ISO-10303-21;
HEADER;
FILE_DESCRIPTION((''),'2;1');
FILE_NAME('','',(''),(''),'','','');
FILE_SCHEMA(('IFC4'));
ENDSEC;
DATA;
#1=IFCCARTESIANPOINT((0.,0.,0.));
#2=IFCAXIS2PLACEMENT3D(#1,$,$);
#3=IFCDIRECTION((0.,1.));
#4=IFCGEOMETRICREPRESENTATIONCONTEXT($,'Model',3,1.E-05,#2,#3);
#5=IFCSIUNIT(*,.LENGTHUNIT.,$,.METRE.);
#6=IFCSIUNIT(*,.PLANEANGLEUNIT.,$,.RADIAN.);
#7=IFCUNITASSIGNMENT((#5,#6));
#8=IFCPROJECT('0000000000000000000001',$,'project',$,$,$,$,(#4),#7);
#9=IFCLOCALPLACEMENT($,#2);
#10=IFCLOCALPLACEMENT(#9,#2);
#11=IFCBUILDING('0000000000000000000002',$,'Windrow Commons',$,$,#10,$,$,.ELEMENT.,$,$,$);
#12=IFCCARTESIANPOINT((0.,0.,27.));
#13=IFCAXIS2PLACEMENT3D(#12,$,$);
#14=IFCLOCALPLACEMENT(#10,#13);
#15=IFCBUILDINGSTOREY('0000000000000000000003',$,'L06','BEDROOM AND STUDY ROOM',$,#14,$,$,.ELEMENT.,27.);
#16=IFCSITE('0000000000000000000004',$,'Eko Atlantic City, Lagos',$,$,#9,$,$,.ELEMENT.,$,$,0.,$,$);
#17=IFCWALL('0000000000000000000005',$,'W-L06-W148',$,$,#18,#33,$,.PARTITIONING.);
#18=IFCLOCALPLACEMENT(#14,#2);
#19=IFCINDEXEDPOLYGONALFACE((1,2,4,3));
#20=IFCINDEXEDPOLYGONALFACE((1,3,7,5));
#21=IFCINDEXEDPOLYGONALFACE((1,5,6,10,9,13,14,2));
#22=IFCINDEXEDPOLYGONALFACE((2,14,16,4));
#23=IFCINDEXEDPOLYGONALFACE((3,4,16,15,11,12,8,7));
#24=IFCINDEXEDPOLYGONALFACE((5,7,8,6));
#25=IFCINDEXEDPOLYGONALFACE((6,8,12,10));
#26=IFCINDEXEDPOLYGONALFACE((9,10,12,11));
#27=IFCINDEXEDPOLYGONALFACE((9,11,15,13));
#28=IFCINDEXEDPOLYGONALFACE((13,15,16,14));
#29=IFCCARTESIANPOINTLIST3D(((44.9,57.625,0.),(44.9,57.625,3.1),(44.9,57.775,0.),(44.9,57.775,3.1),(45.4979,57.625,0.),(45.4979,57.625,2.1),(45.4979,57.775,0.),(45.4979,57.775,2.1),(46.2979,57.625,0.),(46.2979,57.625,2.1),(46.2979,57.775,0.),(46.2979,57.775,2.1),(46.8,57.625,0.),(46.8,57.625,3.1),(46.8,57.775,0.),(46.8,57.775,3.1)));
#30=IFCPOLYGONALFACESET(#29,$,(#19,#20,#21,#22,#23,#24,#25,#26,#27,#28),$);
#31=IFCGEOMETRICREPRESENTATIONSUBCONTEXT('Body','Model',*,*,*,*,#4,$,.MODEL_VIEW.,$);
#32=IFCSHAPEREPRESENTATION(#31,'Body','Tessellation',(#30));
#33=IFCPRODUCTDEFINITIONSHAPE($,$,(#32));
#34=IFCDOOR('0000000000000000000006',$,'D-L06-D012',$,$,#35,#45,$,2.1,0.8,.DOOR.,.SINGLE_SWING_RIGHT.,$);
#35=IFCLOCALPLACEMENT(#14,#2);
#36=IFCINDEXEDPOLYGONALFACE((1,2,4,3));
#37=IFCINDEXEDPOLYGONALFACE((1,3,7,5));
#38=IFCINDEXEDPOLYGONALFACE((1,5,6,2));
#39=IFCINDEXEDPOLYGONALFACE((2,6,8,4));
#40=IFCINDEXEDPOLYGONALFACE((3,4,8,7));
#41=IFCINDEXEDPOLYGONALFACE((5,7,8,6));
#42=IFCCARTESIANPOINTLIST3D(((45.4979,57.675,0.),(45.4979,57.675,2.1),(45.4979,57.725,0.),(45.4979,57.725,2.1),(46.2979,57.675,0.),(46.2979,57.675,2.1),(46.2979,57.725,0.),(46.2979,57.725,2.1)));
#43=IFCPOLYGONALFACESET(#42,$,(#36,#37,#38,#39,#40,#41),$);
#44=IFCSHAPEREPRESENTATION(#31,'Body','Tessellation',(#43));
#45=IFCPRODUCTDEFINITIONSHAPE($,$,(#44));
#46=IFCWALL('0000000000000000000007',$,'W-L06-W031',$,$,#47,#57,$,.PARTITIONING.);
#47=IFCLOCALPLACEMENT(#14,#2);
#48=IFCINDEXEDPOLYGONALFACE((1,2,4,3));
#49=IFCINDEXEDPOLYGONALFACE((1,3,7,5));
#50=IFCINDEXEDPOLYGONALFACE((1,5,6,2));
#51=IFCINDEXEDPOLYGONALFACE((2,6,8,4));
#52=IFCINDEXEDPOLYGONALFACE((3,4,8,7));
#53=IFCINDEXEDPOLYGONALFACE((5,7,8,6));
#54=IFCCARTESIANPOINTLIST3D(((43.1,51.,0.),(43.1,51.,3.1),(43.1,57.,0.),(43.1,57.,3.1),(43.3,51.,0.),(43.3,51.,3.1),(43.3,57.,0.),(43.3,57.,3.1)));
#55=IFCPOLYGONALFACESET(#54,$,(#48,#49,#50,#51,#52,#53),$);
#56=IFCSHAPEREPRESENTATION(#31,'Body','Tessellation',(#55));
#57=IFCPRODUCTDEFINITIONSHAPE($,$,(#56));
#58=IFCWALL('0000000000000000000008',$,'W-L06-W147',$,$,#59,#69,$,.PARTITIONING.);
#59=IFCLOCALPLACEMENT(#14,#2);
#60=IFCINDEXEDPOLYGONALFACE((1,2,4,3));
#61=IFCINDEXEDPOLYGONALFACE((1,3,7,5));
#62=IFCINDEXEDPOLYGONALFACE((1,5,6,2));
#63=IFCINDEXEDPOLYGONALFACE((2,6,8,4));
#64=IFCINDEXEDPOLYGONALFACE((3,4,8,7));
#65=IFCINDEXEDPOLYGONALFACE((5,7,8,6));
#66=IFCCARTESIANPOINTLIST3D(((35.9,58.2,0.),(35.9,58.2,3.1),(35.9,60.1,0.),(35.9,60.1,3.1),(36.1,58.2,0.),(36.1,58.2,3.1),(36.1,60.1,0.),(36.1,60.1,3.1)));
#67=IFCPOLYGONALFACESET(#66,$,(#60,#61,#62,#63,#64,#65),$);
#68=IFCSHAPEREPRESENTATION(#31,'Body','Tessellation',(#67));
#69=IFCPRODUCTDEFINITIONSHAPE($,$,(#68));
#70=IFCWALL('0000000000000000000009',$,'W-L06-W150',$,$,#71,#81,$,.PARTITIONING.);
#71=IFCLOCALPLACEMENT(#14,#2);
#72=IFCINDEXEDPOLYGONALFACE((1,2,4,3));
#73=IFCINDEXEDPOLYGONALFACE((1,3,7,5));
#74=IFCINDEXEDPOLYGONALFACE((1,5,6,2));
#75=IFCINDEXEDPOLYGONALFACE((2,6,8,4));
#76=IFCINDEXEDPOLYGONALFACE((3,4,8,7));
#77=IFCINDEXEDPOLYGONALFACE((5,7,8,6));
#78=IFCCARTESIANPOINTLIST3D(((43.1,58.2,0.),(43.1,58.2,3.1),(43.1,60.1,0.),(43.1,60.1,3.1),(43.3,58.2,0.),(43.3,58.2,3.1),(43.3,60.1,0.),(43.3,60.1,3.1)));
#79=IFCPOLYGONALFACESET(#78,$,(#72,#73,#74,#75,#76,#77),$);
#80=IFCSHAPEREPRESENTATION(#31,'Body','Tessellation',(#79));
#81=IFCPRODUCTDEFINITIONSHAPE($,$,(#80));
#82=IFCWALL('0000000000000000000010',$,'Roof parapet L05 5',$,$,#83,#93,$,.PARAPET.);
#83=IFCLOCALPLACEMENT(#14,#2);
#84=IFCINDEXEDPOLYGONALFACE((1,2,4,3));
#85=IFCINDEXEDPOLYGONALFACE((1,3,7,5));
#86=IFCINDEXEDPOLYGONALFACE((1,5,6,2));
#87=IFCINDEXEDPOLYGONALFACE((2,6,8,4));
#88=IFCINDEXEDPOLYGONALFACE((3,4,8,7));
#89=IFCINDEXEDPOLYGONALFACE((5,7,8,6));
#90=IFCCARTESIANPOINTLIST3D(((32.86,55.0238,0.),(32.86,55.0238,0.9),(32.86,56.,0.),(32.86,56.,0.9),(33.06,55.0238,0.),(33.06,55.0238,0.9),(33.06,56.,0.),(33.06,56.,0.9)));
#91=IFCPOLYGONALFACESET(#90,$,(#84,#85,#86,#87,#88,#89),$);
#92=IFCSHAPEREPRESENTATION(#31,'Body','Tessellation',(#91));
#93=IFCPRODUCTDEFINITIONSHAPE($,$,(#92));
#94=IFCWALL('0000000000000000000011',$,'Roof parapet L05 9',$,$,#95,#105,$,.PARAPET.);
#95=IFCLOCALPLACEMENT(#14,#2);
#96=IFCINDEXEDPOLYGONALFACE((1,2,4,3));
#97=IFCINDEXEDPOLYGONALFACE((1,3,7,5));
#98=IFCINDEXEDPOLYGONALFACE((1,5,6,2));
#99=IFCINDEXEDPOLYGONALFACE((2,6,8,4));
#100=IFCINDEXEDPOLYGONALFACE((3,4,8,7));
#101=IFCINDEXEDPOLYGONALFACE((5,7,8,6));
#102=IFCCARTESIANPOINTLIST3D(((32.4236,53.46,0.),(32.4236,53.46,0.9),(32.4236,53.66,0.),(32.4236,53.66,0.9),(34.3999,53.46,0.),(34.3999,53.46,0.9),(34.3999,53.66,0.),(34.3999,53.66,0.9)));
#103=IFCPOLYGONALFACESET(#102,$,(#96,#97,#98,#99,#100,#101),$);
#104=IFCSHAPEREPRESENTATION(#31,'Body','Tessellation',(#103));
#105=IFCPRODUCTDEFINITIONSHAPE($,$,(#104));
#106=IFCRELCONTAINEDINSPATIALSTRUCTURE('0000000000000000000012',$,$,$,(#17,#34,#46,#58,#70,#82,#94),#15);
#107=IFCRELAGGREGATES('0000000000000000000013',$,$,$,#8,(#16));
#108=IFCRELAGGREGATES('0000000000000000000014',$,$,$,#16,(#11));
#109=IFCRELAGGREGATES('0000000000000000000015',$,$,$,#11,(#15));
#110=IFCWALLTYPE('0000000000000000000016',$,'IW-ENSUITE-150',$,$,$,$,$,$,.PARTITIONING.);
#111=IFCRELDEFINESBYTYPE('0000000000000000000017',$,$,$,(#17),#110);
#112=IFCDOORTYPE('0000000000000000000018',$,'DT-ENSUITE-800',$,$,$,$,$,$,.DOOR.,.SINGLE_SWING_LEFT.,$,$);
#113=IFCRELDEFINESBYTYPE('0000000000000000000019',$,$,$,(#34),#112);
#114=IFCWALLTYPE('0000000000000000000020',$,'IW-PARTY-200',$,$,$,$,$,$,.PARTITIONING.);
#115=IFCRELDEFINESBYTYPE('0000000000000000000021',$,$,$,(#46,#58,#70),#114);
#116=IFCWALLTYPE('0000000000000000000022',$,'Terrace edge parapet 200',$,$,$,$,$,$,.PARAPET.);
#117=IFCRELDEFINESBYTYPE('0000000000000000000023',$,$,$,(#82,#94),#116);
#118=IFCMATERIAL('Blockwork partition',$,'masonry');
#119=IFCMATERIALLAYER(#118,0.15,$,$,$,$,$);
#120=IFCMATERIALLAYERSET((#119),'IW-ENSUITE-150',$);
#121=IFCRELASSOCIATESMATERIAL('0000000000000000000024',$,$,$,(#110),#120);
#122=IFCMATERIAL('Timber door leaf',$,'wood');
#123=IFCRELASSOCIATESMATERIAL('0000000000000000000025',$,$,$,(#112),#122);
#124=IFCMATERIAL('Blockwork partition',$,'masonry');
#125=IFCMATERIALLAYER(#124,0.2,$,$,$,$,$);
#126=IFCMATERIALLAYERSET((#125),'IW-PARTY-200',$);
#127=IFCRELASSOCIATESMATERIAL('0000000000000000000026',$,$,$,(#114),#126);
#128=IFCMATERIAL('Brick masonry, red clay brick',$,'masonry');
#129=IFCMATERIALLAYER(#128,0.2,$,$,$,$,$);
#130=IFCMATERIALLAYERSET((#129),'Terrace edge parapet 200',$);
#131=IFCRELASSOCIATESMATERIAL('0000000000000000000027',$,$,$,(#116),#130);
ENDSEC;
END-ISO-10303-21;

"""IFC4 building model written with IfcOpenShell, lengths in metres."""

from ifc_helpers import new_model, si_unit, direction, frame, frame_2d, origin, place, context, subcontext, project, spatial, rectangle, extrude, material, layer, layer_set, type_object, element, fill, save


model = new_model("IFC4")

# Units and contexts
model_context = context("Model", 3, precision=1e-05, world=origin(), true_north=direction((0.0, 1.0)))
body_context = subcontext(model_context, "Body", "Model", "MODEL_VIEW")
ifc_project = project(units=[si_unit("LENGTHUNIT", "METRE"), si_unit("PLANEANGLEUNIT", "RADIAN")], contexts=[model_context])

# Site, building, storey
site_placement = place(None, origin())
site = spatial("IfcSite", under=ifc_project, at=site_placement, Name="Eko Atlantic City, Lagos", CompositionType="ELEMENT", RefElevation=0.0)
building_placement = place(site_placement, origin())
building = spatial("IfcBuilding", under=site, at=building_placement, Name="Windrow Commons", CompositionType="ELEMENT")
storey_placement = place(building_placement, frame((0.0, 0.0, 27.0)))
storey = spatial("IfcBuildingStorey", under=building, at=storey_placement, Name="L06", Description="BEDROOM AND STUDY ROOM", CompositionType="ELEMENT", Elevation=27.0)

# Shared definitions
ifc_material_1 = material(Name="Blockwork partition", Category="masonry")
ifc_layer_1 = layer(ifc_material_1, 0.15)
ifc_layer_set_1 = layer_set([ifc_layer_1], Name="IW-ENSUITE-150")
wall_type_1 = type_object("IfcWallType", Name="IW-ENSUITE-150", PredefinedType="PARTITIONING", material=ifc_layer_set_1)
ifc_material_2 = material(Name="Timber door leaf", Category="wood")
door_type = type_object("IfcDoorType", Name="DT-ENSUITE-800", OperationType="SINGLE_SWING_LEFT", PredefinedType="DOOR", material=ifc_material_2)

# Wall, opening, door
wall_1_placement = place(storey_placement, frame((44.9, 57.7, 0.0), z_axis=(0.0, 0.0, 1.0), x_axis=(1.0, 0.0, 0.0)))
wall_1 = element("IfcWall", 1, at=wall_1_placement, inside=storey, type_object=wall_type_1, Name="W-L06-W148", PredefinedType="PARTITIONING", context=body_context, shape_type="SweptSolid", body=[
    extrude(rectangle(XDim=1.9, YDim=0.15, at=frame_2d((0.95, 0.0))), origin(), (0.0, 0.0, 1.0), 3.1),
])
opening_1_placement = place(wall_1_placement, frame((0.5979, 0.0, 0.0)))
opening_1 = element("IfcOpeningElement", 2, at=opening_1_placement, cuts=wall_1, PredefinedType="OPENING", context=body_context, shape_type="SweptSolid", body=[
    extrude(rectangle(XDim=0.8, YDim=2.1, at=frame_2d((0.4, 1.05))), frame((0.0, 0.085, 0.0), z_axis=(0.0, -1.0, 0.0), x_axis=(1.0, 0.0, 0.0)), (0.0, 0.0, 1.0), 0.17),
])
door_1_placement = place(opening_1_placement, origin())
door_1 = element("IfcDoor", 3, at=door_1_placement, inside=storey, type_object=door_type, Name="D-L06-D012", OperationType="SINGLE_SWING_RIGHT", OverallHeight=2.1, OverallWidth=0.8, PredefinedType="DOOR", context=body_context, shape_type="SweptSolid", body=[
    extrude(rectangle(XDim=0.8, YDim=2.1, at=frame_2d((0.4, 1.05))), frame((0.0, 0.025, 0.0), z_axis=(0.0, -1.0, 0.0), x_axis=(1.0, 0.0, 0.0)), (0.0, 0.0, 1.0), 0.05),
])
fill(opening_1, door_1)

# Walls
ifc_material_3 = material(Name="Blockwork partition", Category="masonry")
ifc_layer_2 = layer(ifc_material_3, 0.2)
ifc_layer_set_2 = layer_set([ifc_layer_2], Name="IW-PARTY-200")
wall_type_2 = type_object("IfcWallType", Name="IW-PARTY-200", PredefinedType="PARTITIONING", material=ifc_layer_set_2)
wall_2_placement = place(storey_placement, frame((43.2, 51.0, 0.0), z_axis=(0.0, 0.0, 1.0), x_axis=(0.0, 1.0, 0.0)))
element("IfcWall", 4, at=wall_2_placement, inside=storey, type_object=wall_type_2, Name="W-L06-W031", PredefinedType="PARTITIONING", context=body_context, shape_type="SweptSolid", body=[
    extrude(rectangle(XDim=6.0, YDim=0.2, at=frame_2d((3.0, 0.0))), origin(), (0.0, 0.0, 1.0), 3.1),
])
for number, where, z_axis, x_axis, name in (
    (5, (36.0, 58.2, 0.0), (0.0, 0.0, 1.0), (0.0, 1.0, 0.0), "W-L06-W147"),
    (6, (43.2, 58.2, 0.0), (0.0, 0.0, 1.0), (0.0, 1.0, 0.0), "W-L06-W150"),
):
    element("IfcWall", number, at=place(storey_placement, frame(where, z_axis=z_axis, x_axis=x_axis)), inside=storey, type_object=wall_type_2, Name=name, PredefinedType="PARTITIONING", context=body_context, shape_type="SweptSolid", body=[
        extrude(rectangle(XDim=1.9, YDim=0.2, at=frame_2d((0.95, 0.0))), origin(), (0.0, 0.0, 1.0), 3.1),
    ])
ifc_material_4 = material(Name="Brick masonry, red clay brick", Category="masonry")
ifc_layer_3 = layer(ifc_material_4, 0.2)
ifc_layer_set_3 = layer_set([ifc_layer_3], Name="Terrace edge parapet 200")
wall_type_3 = type_object("IfcWallType", Name="Terrace edge parapet 200", PredefinedType="PARAPET", material=ifc_layer_set_3)
wall_3_placement = place(storey_placement, frame((32.96, 56.0, 0.0), z_axis=(0.0, 0.0, 1.0), x_axis=(0.0, -1.0, 0.0)))
element("IfcWall", 7, at=wall_3_placement, inside=storey, type_object=wall_type_3, Name="Roof parapet L05 5", PredefinedType="PARAPET", context=body_context, shape_type="SweptSolid", body=[
    extrude(rectangle(XDim=0.9763, YDim=0.2, at=frame_2d((0.4881, 0.0))), origin(), (0.0, 0.0, 1.0), 0.9),
])
wall_4_placement = place(storey_placement, frame((32.4237, 53.56, 0.0), z_axis=(0.0, 0.0, 1.0), x_axis=(1.0, 0.0, 0.0)))
element("IfcWall", 8, at=wall_4_placement, inside=storey, type_object=wall_type_3, Name="Roof parapet L05 9", PredefinedType="PARAPET", context=body_context, shape_type="SweptSolid", body=[
    extrude(rectangle(XDim=1.9763, YDim=0.2, at=frame_2d((0.9881, 0.0))), origin(), (0.0, 0.0, 1.0), 0.9),
])

save(model, "model.ifc")
